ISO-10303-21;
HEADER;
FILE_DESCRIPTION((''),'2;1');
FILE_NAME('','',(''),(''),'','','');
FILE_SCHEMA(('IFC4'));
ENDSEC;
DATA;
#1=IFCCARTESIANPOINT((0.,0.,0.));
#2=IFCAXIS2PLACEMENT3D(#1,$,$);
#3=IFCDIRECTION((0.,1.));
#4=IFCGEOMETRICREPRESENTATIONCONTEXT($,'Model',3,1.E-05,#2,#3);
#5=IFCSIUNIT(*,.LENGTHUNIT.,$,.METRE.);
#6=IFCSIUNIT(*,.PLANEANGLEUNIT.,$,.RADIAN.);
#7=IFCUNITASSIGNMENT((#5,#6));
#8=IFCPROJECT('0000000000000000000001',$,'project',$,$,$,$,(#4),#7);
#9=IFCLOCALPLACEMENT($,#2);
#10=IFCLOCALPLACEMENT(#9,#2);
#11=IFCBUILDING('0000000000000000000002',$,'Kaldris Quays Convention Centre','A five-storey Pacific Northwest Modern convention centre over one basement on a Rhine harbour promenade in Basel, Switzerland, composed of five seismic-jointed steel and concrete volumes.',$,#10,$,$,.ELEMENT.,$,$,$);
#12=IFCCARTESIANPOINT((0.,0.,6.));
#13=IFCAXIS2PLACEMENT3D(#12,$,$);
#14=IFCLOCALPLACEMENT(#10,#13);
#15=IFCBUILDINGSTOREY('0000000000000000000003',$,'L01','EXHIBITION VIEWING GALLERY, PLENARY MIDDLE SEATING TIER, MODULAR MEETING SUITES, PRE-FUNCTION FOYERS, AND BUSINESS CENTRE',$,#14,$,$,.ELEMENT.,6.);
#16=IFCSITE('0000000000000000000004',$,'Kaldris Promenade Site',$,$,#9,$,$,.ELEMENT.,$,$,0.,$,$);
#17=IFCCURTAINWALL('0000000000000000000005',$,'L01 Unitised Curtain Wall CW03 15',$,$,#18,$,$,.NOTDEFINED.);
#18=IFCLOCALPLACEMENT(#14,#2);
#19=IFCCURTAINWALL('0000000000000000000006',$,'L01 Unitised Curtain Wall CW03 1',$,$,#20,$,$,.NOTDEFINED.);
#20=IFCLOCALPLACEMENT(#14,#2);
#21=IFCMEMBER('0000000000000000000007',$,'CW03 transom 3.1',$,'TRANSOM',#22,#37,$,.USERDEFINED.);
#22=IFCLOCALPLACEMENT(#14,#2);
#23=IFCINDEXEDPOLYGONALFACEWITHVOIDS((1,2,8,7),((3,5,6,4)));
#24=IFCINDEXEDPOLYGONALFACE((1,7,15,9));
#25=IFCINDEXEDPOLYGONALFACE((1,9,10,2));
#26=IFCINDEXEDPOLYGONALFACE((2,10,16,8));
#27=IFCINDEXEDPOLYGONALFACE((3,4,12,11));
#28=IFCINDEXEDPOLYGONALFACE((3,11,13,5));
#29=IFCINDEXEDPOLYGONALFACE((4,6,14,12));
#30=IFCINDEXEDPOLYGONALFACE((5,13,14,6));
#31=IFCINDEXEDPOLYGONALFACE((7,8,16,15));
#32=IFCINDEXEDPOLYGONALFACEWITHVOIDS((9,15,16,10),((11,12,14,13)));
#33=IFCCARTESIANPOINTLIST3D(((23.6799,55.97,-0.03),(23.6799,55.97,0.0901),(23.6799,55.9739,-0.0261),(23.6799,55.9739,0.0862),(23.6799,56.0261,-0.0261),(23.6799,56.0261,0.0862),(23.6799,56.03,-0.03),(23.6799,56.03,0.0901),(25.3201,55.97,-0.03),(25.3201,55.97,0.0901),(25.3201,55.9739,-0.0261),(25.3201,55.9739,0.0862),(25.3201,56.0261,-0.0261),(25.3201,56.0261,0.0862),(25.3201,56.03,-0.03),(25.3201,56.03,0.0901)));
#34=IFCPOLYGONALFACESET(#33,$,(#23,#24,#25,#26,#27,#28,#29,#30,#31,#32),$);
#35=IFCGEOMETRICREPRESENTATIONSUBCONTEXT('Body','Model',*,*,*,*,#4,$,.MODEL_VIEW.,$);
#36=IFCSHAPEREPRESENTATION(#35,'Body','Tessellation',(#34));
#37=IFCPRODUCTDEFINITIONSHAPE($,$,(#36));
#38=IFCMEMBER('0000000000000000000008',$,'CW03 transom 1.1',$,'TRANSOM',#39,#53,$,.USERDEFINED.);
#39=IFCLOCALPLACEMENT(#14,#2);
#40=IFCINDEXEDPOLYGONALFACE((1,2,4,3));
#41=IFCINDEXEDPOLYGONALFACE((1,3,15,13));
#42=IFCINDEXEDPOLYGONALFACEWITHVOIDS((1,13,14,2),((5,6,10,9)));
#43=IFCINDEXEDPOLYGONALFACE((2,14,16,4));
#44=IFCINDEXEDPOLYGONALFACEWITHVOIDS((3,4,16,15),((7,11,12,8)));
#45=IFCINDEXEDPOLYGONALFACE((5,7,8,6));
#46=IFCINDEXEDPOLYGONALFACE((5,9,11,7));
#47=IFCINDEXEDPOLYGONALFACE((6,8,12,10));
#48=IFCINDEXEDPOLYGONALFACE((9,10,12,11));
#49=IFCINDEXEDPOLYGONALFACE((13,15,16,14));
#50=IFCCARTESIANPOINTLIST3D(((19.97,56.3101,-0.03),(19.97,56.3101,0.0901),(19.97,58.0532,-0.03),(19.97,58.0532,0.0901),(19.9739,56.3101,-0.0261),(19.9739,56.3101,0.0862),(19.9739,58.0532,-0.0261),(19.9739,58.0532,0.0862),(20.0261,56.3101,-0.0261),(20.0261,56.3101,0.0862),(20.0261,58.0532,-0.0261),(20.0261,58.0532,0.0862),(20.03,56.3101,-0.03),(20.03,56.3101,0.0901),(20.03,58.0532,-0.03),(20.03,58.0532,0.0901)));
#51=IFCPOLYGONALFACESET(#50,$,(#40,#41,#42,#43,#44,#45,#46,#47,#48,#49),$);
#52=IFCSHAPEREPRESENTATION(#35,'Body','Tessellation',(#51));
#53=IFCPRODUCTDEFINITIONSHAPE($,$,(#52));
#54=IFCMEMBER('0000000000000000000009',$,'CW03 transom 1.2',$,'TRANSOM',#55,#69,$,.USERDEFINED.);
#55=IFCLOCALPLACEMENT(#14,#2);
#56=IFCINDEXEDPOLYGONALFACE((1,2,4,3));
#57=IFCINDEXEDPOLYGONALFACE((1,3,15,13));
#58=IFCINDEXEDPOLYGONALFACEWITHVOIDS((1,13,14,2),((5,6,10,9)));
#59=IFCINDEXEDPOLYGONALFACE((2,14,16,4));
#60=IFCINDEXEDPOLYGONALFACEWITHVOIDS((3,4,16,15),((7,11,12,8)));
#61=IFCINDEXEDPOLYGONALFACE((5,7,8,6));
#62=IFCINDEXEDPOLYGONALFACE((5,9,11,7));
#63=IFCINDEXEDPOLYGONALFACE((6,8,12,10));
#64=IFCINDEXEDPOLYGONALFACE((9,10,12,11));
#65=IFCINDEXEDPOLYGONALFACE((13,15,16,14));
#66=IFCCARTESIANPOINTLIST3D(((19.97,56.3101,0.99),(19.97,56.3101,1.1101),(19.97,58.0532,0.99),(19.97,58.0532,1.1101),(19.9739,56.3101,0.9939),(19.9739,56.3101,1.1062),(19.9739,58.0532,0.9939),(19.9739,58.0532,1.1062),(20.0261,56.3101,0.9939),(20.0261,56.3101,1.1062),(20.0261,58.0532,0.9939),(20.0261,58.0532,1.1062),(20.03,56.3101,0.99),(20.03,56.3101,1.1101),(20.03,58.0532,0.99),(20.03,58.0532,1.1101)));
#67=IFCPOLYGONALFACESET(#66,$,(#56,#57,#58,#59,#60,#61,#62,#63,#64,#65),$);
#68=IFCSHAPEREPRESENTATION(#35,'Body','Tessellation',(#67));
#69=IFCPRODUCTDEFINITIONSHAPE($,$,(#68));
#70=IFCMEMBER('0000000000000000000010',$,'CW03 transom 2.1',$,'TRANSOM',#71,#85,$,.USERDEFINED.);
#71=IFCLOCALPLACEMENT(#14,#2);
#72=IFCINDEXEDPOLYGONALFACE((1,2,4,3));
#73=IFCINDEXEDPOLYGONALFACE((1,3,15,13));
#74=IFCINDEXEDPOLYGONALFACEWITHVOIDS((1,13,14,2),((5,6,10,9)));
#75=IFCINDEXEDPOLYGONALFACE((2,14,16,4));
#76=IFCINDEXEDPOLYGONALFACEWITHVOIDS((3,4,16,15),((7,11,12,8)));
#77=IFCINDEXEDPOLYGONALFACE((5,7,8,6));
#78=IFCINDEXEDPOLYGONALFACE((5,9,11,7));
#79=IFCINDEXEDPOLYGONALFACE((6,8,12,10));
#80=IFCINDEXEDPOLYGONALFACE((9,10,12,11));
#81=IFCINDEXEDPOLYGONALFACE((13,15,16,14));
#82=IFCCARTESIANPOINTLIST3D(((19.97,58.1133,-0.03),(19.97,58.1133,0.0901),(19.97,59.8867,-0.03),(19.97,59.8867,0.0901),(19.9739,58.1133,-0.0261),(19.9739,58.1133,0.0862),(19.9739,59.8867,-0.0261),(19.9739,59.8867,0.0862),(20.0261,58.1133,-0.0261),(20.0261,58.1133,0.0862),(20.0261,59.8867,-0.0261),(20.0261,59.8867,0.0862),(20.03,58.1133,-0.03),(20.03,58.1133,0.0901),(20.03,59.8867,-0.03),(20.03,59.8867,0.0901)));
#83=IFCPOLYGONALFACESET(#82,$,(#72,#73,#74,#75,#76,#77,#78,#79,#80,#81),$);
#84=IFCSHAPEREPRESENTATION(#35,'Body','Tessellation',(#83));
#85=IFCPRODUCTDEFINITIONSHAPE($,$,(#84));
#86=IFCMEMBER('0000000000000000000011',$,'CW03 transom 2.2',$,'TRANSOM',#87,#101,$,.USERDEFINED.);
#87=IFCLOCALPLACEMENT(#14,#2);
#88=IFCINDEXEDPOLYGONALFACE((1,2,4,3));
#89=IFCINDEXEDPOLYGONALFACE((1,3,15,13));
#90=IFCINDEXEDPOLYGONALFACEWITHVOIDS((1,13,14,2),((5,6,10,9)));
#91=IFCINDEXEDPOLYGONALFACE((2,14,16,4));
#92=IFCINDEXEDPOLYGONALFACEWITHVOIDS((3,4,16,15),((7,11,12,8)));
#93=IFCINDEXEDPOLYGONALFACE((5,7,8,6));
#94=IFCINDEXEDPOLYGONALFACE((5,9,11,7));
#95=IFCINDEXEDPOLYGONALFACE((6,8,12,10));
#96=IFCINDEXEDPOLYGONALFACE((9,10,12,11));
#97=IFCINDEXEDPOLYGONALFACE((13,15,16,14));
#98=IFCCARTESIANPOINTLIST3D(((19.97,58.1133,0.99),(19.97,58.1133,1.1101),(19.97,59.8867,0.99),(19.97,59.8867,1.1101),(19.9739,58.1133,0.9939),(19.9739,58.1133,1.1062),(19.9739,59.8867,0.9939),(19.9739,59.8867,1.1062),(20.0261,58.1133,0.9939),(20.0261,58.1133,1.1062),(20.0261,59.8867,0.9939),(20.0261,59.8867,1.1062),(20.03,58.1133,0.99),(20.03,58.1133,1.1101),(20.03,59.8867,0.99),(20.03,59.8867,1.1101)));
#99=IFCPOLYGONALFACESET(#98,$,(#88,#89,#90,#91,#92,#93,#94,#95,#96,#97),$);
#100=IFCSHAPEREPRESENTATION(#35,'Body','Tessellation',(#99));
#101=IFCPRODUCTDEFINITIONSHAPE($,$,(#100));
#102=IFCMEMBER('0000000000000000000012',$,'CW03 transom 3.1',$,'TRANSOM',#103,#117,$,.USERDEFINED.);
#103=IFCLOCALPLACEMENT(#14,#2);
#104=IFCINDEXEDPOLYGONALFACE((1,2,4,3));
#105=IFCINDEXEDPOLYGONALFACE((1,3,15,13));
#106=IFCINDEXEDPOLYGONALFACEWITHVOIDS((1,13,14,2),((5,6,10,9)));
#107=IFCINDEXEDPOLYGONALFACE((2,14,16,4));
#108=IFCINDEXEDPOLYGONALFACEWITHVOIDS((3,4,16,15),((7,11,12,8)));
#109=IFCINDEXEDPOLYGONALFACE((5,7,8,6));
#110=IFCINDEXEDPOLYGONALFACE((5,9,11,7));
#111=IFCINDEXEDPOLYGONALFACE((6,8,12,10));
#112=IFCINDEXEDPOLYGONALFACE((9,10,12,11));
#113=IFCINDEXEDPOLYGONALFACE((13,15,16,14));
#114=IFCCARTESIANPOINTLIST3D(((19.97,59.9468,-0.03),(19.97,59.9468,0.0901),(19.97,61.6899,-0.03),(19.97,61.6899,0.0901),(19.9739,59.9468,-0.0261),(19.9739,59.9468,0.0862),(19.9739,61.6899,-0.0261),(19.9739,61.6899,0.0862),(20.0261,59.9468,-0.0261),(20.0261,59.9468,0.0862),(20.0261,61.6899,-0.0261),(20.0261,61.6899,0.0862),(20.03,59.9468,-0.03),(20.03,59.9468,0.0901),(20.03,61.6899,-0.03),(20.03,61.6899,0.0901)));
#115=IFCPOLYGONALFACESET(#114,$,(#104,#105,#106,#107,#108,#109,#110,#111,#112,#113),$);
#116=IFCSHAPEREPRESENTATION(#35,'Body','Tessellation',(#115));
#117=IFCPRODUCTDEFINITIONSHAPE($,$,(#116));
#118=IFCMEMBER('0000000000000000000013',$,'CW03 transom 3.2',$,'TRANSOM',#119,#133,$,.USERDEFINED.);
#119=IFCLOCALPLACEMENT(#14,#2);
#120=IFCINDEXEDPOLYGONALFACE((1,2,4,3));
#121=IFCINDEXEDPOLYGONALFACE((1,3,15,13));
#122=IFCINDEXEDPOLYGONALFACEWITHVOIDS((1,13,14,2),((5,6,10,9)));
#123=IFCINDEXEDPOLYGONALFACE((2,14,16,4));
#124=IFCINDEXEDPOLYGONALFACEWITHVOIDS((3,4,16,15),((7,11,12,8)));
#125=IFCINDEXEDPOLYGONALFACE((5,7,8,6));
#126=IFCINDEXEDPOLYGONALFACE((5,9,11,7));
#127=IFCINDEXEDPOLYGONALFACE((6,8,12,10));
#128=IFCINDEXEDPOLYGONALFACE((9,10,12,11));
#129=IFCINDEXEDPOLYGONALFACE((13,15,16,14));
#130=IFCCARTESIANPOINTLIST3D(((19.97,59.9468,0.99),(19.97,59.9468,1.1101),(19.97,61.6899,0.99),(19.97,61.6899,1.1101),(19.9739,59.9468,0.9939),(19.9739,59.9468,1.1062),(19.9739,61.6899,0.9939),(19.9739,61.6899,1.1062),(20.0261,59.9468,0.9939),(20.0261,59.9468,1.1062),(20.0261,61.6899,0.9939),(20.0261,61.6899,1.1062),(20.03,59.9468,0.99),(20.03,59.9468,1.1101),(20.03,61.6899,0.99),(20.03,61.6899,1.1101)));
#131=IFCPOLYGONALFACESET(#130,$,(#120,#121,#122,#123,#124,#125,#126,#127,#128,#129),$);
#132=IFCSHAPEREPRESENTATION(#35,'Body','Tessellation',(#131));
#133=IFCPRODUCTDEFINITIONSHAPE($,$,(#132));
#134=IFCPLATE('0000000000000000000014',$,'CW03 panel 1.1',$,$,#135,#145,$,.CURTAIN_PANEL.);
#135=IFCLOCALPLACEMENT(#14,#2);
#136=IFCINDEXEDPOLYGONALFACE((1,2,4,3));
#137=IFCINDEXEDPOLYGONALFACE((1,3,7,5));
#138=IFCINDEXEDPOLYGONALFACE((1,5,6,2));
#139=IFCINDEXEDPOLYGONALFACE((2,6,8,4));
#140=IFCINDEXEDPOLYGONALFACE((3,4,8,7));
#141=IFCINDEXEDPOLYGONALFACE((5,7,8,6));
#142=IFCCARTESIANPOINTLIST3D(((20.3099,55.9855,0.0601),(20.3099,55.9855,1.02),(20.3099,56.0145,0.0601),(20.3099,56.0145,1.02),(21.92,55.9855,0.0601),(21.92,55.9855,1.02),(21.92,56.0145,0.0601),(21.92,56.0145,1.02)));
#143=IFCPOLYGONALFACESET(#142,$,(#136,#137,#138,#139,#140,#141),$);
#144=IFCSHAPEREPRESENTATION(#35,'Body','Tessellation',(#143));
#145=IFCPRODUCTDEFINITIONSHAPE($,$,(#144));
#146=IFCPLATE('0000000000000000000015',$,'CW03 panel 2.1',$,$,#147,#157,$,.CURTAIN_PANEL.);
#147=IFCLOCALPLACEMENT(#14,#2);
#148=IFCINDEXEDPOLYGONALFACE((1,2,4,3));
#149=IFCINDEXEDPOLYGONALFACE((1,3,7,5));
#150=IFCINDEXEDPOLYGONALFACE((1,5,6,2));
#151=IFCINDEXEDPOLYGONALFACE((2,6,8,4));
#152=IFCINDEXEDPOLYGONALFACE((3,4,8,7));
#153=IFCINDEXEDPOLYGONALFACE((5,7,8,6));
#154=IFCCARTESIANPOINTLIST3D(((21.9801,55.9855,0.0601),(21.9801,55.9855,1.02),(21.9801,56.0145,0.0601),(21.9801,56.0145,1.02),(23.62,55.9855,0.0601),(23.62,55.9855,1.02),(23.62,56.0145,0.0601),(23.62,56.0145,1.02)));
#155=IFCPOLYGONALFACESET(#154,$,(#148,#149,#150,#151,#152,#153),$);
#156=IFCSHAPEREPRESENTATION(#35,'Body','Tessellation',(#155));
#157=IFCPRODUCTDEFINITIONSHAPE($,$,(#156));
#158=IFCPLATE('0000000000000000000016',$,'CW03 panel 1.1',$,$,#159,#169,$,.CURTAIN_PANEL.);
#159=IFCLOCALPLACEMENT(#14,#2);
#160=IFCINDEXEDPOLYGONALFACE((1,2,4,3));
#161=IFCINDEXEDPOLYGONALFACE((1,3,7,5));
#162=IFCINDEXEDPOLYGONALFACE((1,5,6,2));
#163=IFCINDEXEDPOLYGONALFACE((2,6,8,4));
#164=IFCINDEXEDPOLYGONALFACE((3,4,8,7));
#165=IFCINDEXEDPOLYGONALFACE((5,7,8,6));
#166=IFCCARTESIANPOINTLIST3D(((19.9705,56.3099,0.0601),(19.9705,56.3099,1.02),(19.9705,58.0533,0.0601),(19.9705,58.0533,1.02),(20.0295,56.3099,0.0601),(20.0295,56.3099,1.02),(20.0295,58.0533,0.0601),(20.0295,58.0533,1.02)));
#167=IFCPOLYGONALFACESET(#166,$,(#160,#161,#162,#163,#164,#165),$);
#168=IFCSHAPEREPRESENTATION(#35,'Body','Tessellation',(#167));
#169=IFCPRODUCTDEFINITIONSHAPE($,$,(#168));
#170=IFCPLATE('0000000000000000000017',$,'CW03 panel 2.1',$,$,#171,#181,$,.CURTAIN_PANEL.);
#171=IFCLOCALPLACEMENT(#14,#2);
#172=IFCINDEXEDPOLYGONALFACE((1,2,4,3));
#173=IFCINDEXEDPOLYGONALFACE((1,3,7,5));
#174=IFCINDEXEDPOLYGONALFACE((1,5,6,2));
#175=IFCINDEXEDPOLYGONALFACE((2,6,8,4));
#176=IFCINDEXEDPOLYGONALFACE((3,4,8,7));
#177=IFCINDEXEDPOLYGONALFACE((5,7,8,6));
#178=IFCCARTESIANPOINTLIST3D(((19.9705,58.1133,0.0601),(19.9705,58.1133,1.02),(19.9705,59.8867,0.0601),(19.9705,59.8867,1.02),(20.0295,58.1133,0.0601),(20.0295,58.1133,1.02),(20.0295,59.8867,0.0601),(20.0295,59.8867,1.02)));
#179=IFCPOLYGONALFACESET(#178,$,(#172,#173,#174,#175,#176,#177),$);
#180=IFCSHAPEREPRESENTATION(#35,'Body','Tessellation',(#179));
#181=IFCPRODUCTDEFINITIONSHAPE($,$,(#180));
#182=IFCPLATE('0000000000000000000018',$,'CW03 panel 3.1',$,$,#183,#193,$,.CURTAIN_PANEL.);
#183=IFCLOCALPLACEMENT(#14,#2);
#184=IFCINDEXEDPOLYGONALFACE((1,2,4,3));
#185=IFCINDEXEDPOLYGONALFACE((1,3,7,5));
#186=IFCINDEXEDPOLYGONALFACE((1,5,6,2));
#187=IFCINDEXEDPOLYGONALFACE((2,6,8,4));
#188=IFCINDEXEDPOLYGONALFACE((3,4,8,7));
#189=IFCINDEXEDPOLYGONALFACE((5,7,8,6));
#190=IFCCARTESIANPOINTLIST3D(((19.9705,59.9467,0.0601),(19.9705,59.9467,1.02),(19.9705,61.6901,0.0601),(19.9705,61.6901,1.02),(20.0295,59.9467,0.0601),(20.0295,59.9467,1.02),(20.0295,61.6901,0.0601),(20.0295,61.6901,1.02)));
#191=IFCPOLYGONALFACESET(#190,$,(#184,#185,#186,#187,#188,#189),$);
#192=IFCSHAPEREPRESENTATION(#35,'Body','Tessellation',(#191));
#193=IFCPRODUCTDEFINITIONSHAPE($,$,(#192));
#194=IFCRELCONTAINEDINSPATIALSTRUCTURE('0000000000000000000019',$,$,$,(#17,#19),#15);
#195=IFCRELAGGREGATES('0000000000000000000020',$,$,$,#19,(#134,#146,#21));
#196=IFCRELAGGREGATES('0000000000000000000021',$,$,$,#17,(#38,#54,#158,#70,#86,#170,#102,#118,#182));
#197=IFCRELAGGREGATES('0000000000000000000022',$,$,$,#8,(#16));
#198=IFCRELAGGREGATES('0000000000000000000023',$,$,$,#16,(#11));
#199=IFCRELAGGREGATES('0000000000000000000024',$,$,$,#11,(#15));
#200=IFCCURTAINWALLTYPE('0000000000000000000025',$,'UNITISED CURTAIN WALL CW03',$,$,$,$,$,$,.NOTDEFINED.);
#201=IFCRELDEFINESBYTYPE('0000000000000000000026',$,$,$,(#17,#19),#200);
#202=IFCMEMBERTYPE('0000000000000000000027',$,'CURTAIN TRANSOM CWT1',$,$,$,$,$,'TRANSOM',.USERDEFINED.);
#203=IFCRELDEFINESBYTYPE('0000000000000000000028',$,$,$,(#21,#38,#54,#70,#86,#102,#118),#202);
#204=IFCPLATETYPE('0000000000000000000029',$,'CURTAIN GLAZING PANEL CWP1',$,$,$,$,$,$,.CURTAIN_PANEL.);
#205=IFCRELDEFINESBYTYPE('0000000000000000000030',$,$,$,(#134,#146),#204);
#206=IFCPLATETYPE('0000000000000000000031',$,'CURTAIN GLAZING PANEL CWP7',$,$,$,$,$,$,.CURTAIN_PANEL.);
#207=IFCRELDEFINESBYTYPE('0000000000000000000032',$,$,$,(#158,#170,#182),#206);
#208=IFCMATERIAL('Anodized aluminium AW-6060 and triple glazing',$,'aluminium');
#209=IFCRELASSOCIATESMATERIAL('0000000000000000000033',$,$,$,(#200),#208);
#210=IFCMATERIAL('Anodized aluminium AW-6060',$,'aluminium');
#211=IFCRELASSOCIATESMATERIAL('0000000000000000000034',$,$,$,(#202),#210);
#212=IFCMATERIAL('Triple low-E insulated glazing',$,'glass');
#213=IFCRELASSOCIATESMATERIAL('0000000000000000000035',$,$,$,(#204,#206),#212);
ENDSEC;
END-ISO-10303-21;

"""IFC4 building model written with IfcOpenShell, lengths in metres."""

from ifc_helpers import new_model, si_unit, direction, frame, origin, origin_2d, place, context, subcontext, project, spatial, rectangle, hollow_rectangle, extrude, material, material_profile, profile_set, type_object, element, aggregate, save


model = new_model("IFC4")

# Units and contexts
model_context = context("Model", 3, precision=1e-05, world=origin(), true_north=direction((0.0, 1.0)))
body_context = subcontext(model_context, "Body", "Model", "MODEL_VIEW")
ifc_project = project(units=[si_unit("LENGTHUNIT", "METRE"), si_unit("PLANEANGLEUNIT", "RADIAN")], contexts=[model_context])

# Site, building, storey
site_placement = place(None, origin())
site = spatial("IfcSite", under=ifc_project, at=site_placement, Name="Kaldris Promenade Site", CompositionType="ELEMENT", RefElevation=0.0)
building_placement = place(site_placement, origin())
building = spatial("IfcBuilding", under=site, at=building_placement, Name="Kaldris Quays Convention Centre", Description="A five-storey Pacific Northwest Modern convention centre over one basement on a Rhine harbour promenade in Basel, Switzerland, composed of five seismic-jointed steel and concrete volumes.", CompositionType="ELEMENT")
storey_placement = place(building_placement, frame((0.0, 0.0, 6.0)))
storey = spatial("IfcBuildingStorey", under=building, at=storey_placement, Name="L01", Description="EXHIBITION VIEWING GALLERY, PLENARY MIDDLE SEATING TIER, MODULAR MEETING SUITES, PRE-FUNCTION FOYERS, AND BUSINESS CENTRE", CompositionType="ELEMENT", Elevation=6.0)

# Curtain walls, member
ifc_material_1 = material(Name="Anodized aluminium AW-6060 and triple glazing", Category="aluminium")
curtain_wall_type = type_object("IfcCurtainWallType", Name="UNITISED CURTAIN WALL CW03", PredefinedType="NOTDEFINED", material=ifc_material_1)
curtain_wall_1_placement = place(storey_placement, origin())
curtain_wall_1 = element("IfcCurtainWall", 1, at=curtain_wall_1_placement, inside=storey, type_object=curtain_wall_type, Name="L01 Unitised Curtain Wall CW03 15", PredefinedType="NOTDEFINED")
ifc_material_2 = material(Name="Anodized aluminium AW-6060", Category="aluminium")
curtain_wall_2_placement = place(storey_placement, origin())
curtain_wall_2 = element("IfcCurtainWall", 2, at=curtain_wall_2_placement, inside=storey, type_object=curtain_wall_type, Name="L01 Unitised Curtain Wall CW03 1", PredefinedType="NOTDEFINED")
ifc_material_profile_1 = material_profile(ifc_material_2, hollow_rectangle(XDim=0.0601, YDim=0.1201, WallThickness=0.0039, at=origin_2d()), Name="RHS 120x60x4")
ifc_profile_set_1 = profile_set([ifc_material_profile_1], Name="Anodized aluminium AW-6060")
member_type_1 = type_object("IfcMemberType", Name="CURTAIN TRANSOM CWT1", ElementType="TRANSOM", PredefinedType="USERDEFINED", material=ifc_profile_set_1)
member_1_placement = place(storey_placement, frame((23.6799, 56.0, 0.03), z_axis=(1.0, 0.0, 0.0), x_axis=(0.0, 1.0, 0.0)))
member_1 = element("IfcMember", 3, at=member_1_placement, type_object=member_type_1, Name="CW03 transom 3.1", ObjectType="TRANSOM", PredefinedType="USERDEFINED", context=body_context, shape_type="SweptSolid", body=[
    extrude(hollow_rectangle(XDim=0.0601, YDim=0.1201, WallThickness=0.0039, at=origin_2d()), origin(), (0.0, 0.0, 1.0), 1.6401),
])

# Members
member_2_placement = place(storey_placement, frame((20.0, 56.3101, 0.03), z_axis=(0.0, 1.0, 0.0), x_axis=(-1.0, 0.0, 0.0)))
member_2 = element("IfcMember", 4, at=member_2_placement, type_object=member_type_1, Name="CW03 transom 1.1", ObjectType="TRANSOM", PredefinedType="USERDEFINED", context=body_context, shape_type="SweptSolid", body=[
    extrude(hollow_rectangle(XDim=0.0601, YDim=0.1201, WallThickness=0.0039, at=origin_2d()), origin(), (0.0, 0.0, 1.0), 1.7432),
])
member_3_placement = place(storey_placement, frame((20.0, 56.3101, 1.05), z_axis=(0.0, 1.0, 0.0), x_axis=(-1.0, 0.0, 0.0)))
member_3 = element("IfcMember", 5, at=member_3_placement, type_object=member_type_1, Name="CW03 transom 1.2", ObjectType="TRANSOM", PredefinedType="USERDEFINED", context=body_context, shape_type="SweptSolid", body=[
    extrude(hollow_rectangle(XDim=0.0601, YDim=0.1201, WallThickness=0.0039, at=origin_2d()), origin(), (0.0, 0.0, 1.0), 1.7432),
])
member_4_placement = place(storey_placement, frame((20.0, 58.1133, 0.03), z_axis=(0.0, 1.0, 0.0), x_axis=(-1.0, 0.0, 0.0)))
member_4 = element("IfcMember", 6, at=member_4_placement, type_object=member_type_1, Name="CW03 transom 2.1", ObjectType="TRANSOM", PredefinedType="USERDEFINED", context=body_context, shape_type="SweptSolid", body=[
    extrude(hollow_rectangle(XDim=0.0601, YDim=0.1201, WallThickness=0.0039, at=origin_2d()), origin(), (0.0, 0.0, 1.0), 1.7734),
])
member_5_placement = place(storey_placement, frame((20.0, 58.1133, 1.05), z_axis=(0.0, 1.0, 0.0), x_axis=(-1.0, 0.0, 0.0)))
member_5 = element("IfcMember", 7, at=member_5_placement, type_object=member_type_1, Name="CW03 transom 2.2", ObjectType="TRANSOM", PredefinedType="USERDEFINED", context=body_context, shape_type="SweptSolid", body=[
    extrude(hollow_rectangle(XDim=0.0601, YDim=0.1201, WallThickness=0.0039, at=origin_2d()), origin(), (0.0, 0.0, 1.0), 1.7734),
])
member_6_placement = place(storey_placement, frame((20.0, 59.9468, 0.03), z_axis=(0.0, 1.0, 0.0), x_axis=(-1.0, 0.0, 0.0)))
member_6 = element("IfcMember", 8, at=member_6_placement, type_object=member_type_1, Name="CW03 transom 3.1", ObjectType="TRANSOM", PredefinedType="USERDEFINED", context=body_context, shape_type="SweptSolid", body=[
    extrude(hollow_rectangle(XDim=0.0601, YDim=0.1201, WallThickness=0.0039, at=origin_2d()), origin(), (0.0, 0.0, 1.0), 1.7432),
])
member_7_placement = place(storey_placement, frame((20.0, 59.9468, 1.05), z_axis=(0.0, 1.0, 0.0), x_axis=(-1.0, 0.0, 0.0)))
member_7 = element("IfcMember", 9, at=member_7_placement, type_object=member_type_1, Name="CW03 transom 3.2", ObjectType="TRANSOM", PredefinedType="USERDEFINED", context=body_context, shape_type="SweptSolid", body=[
    extrude(hollow_rectangle(XDim=0.0601, YDim=0.1201, WallThickness=0.0039, at=origin_2d()), origin(), (0.0, 0.0, 1.0), 1.7432),
])

# Plates
ifc_material_3 = material(Name="Triple low-E insulated glazing", Category="glass")
plate_type_1 = type_object("IfcPlateType", Name="CURTAIN GLAZING PANEL CWP1", PredefinedType="CURTAIN_PANEL", material=ifc_material_3)
plate_1_placement = place(storey_placement, frame((21.115, 56.0, 0.0601), z_axis=(0.0, 0.0, 1.0), x_axis=(1.0, 0.0, 0.0)))
plate_1 = element("IfcPlate", 10, at=plate_1_placement, type_object=plate_type_1, Name="CW03 panel 1.1", PredefinedType="CURTAIN_PANEL", context=body_context, shape_type="SweptSolid", body=[
    extrude(rectangle(XDim=1.6101, YDim=0.0291, at=origin_2d()), origin(), (0.0, 0.0, 1.0), 0.96),
])
plate_2_placement = place(storey_placement, frame((22.8, 56.0, 0.0601), z_axis=(0.0, 0.0, 1.0), x_axis=(1.0, 0.0, 0.0)))
plate_2 = element("IfcPlate", 11, at=plate_2_placement, type_object=plate_type_1, Name="CW03 panel 2.1", PredefinedType="CURTAIN_PANEL", context=body_context, shape_type="SweptSolid", body=[
    extrude(rectangle(XDim=1.6399, YDim=0.0291, at=origin_2d()), origin(), (0.0, 0.0, 1.0), 0.96),
])
aggregate(curtain_wall_2, [plate_1, plate_2, member_1])
plate_type_2 = type_object("IfcPlateType", Name="CURTAIN GLAZING PANEL CWP7", PredefinedType="CURTAIN_PANEL", material=ifc_material_3)
plate_3_placement = place(storey_placement, frame((20.0, 57.1816, 0.0601), z_axis=(0.0, 0.0, 1.0), x_axis=(0.0, 1.0, 0.0)))
plate_3 = element("IfcPlate", 12, at=plate_3_placement, type_object=plate_type_2, Name="CW03 panel 1.1", PredefinedType="CURTAIN_PANEL", context=body_context, shape_type="SweptSolid", body=[
    extrude(rectangle(XDim=1.7434, YDim=0.0591, at=origin_2d()), origin(), (0.0, 0.0, 1.0), 0.96),
])
plate_4_placement = place(storey_placement, frame((20.0, 59.0, 0.0601), z_axis=(0.0, 0.0, 1.0), x_axis=(0.0, 1.0, 0.0)))
plate_4 = element("IfcPlate", 13, at=plate_4_placement, type_object=plate_type_2, Name="CW03 panel 2.1", PredefinedType="CURTAIN_PANEL", context=body_context, shape_type="SweptSolid", body=[
    extrude(rectangle(XDim=1.7734, YDim=0.0591, at=origin_2d()), origin(), (0.0, 0.0, 1.0), 0.96),
])
plate_5_placement = place(storey_placement, frame((20.0, 60.8184, 0.0601), z_axis=(0.0, 0.0, 1.0), x_axis=(0.0, 1.0, 0.0)))
plate_5 = element("IfcPlate", 14, at=plate_5_placement, type_object=plate_type_2, Name="CW03 panel 3.1", PredefinedType="CURTAIN_PANEL", context=body_context, shape_type="SweptSolid", body=[
    extrude(rectangle(XDim=1.7434, YDim=0.0591, at=origin_2d()), origin(), (0.0, 0.0, 1.0), 0.96),
])
aggregate(curtain_wall_1, [member_2, member_3, plate_3, member_4, member_5, plate_4, member_6, member_7, plate_5])

save(model, "model.ifc")
